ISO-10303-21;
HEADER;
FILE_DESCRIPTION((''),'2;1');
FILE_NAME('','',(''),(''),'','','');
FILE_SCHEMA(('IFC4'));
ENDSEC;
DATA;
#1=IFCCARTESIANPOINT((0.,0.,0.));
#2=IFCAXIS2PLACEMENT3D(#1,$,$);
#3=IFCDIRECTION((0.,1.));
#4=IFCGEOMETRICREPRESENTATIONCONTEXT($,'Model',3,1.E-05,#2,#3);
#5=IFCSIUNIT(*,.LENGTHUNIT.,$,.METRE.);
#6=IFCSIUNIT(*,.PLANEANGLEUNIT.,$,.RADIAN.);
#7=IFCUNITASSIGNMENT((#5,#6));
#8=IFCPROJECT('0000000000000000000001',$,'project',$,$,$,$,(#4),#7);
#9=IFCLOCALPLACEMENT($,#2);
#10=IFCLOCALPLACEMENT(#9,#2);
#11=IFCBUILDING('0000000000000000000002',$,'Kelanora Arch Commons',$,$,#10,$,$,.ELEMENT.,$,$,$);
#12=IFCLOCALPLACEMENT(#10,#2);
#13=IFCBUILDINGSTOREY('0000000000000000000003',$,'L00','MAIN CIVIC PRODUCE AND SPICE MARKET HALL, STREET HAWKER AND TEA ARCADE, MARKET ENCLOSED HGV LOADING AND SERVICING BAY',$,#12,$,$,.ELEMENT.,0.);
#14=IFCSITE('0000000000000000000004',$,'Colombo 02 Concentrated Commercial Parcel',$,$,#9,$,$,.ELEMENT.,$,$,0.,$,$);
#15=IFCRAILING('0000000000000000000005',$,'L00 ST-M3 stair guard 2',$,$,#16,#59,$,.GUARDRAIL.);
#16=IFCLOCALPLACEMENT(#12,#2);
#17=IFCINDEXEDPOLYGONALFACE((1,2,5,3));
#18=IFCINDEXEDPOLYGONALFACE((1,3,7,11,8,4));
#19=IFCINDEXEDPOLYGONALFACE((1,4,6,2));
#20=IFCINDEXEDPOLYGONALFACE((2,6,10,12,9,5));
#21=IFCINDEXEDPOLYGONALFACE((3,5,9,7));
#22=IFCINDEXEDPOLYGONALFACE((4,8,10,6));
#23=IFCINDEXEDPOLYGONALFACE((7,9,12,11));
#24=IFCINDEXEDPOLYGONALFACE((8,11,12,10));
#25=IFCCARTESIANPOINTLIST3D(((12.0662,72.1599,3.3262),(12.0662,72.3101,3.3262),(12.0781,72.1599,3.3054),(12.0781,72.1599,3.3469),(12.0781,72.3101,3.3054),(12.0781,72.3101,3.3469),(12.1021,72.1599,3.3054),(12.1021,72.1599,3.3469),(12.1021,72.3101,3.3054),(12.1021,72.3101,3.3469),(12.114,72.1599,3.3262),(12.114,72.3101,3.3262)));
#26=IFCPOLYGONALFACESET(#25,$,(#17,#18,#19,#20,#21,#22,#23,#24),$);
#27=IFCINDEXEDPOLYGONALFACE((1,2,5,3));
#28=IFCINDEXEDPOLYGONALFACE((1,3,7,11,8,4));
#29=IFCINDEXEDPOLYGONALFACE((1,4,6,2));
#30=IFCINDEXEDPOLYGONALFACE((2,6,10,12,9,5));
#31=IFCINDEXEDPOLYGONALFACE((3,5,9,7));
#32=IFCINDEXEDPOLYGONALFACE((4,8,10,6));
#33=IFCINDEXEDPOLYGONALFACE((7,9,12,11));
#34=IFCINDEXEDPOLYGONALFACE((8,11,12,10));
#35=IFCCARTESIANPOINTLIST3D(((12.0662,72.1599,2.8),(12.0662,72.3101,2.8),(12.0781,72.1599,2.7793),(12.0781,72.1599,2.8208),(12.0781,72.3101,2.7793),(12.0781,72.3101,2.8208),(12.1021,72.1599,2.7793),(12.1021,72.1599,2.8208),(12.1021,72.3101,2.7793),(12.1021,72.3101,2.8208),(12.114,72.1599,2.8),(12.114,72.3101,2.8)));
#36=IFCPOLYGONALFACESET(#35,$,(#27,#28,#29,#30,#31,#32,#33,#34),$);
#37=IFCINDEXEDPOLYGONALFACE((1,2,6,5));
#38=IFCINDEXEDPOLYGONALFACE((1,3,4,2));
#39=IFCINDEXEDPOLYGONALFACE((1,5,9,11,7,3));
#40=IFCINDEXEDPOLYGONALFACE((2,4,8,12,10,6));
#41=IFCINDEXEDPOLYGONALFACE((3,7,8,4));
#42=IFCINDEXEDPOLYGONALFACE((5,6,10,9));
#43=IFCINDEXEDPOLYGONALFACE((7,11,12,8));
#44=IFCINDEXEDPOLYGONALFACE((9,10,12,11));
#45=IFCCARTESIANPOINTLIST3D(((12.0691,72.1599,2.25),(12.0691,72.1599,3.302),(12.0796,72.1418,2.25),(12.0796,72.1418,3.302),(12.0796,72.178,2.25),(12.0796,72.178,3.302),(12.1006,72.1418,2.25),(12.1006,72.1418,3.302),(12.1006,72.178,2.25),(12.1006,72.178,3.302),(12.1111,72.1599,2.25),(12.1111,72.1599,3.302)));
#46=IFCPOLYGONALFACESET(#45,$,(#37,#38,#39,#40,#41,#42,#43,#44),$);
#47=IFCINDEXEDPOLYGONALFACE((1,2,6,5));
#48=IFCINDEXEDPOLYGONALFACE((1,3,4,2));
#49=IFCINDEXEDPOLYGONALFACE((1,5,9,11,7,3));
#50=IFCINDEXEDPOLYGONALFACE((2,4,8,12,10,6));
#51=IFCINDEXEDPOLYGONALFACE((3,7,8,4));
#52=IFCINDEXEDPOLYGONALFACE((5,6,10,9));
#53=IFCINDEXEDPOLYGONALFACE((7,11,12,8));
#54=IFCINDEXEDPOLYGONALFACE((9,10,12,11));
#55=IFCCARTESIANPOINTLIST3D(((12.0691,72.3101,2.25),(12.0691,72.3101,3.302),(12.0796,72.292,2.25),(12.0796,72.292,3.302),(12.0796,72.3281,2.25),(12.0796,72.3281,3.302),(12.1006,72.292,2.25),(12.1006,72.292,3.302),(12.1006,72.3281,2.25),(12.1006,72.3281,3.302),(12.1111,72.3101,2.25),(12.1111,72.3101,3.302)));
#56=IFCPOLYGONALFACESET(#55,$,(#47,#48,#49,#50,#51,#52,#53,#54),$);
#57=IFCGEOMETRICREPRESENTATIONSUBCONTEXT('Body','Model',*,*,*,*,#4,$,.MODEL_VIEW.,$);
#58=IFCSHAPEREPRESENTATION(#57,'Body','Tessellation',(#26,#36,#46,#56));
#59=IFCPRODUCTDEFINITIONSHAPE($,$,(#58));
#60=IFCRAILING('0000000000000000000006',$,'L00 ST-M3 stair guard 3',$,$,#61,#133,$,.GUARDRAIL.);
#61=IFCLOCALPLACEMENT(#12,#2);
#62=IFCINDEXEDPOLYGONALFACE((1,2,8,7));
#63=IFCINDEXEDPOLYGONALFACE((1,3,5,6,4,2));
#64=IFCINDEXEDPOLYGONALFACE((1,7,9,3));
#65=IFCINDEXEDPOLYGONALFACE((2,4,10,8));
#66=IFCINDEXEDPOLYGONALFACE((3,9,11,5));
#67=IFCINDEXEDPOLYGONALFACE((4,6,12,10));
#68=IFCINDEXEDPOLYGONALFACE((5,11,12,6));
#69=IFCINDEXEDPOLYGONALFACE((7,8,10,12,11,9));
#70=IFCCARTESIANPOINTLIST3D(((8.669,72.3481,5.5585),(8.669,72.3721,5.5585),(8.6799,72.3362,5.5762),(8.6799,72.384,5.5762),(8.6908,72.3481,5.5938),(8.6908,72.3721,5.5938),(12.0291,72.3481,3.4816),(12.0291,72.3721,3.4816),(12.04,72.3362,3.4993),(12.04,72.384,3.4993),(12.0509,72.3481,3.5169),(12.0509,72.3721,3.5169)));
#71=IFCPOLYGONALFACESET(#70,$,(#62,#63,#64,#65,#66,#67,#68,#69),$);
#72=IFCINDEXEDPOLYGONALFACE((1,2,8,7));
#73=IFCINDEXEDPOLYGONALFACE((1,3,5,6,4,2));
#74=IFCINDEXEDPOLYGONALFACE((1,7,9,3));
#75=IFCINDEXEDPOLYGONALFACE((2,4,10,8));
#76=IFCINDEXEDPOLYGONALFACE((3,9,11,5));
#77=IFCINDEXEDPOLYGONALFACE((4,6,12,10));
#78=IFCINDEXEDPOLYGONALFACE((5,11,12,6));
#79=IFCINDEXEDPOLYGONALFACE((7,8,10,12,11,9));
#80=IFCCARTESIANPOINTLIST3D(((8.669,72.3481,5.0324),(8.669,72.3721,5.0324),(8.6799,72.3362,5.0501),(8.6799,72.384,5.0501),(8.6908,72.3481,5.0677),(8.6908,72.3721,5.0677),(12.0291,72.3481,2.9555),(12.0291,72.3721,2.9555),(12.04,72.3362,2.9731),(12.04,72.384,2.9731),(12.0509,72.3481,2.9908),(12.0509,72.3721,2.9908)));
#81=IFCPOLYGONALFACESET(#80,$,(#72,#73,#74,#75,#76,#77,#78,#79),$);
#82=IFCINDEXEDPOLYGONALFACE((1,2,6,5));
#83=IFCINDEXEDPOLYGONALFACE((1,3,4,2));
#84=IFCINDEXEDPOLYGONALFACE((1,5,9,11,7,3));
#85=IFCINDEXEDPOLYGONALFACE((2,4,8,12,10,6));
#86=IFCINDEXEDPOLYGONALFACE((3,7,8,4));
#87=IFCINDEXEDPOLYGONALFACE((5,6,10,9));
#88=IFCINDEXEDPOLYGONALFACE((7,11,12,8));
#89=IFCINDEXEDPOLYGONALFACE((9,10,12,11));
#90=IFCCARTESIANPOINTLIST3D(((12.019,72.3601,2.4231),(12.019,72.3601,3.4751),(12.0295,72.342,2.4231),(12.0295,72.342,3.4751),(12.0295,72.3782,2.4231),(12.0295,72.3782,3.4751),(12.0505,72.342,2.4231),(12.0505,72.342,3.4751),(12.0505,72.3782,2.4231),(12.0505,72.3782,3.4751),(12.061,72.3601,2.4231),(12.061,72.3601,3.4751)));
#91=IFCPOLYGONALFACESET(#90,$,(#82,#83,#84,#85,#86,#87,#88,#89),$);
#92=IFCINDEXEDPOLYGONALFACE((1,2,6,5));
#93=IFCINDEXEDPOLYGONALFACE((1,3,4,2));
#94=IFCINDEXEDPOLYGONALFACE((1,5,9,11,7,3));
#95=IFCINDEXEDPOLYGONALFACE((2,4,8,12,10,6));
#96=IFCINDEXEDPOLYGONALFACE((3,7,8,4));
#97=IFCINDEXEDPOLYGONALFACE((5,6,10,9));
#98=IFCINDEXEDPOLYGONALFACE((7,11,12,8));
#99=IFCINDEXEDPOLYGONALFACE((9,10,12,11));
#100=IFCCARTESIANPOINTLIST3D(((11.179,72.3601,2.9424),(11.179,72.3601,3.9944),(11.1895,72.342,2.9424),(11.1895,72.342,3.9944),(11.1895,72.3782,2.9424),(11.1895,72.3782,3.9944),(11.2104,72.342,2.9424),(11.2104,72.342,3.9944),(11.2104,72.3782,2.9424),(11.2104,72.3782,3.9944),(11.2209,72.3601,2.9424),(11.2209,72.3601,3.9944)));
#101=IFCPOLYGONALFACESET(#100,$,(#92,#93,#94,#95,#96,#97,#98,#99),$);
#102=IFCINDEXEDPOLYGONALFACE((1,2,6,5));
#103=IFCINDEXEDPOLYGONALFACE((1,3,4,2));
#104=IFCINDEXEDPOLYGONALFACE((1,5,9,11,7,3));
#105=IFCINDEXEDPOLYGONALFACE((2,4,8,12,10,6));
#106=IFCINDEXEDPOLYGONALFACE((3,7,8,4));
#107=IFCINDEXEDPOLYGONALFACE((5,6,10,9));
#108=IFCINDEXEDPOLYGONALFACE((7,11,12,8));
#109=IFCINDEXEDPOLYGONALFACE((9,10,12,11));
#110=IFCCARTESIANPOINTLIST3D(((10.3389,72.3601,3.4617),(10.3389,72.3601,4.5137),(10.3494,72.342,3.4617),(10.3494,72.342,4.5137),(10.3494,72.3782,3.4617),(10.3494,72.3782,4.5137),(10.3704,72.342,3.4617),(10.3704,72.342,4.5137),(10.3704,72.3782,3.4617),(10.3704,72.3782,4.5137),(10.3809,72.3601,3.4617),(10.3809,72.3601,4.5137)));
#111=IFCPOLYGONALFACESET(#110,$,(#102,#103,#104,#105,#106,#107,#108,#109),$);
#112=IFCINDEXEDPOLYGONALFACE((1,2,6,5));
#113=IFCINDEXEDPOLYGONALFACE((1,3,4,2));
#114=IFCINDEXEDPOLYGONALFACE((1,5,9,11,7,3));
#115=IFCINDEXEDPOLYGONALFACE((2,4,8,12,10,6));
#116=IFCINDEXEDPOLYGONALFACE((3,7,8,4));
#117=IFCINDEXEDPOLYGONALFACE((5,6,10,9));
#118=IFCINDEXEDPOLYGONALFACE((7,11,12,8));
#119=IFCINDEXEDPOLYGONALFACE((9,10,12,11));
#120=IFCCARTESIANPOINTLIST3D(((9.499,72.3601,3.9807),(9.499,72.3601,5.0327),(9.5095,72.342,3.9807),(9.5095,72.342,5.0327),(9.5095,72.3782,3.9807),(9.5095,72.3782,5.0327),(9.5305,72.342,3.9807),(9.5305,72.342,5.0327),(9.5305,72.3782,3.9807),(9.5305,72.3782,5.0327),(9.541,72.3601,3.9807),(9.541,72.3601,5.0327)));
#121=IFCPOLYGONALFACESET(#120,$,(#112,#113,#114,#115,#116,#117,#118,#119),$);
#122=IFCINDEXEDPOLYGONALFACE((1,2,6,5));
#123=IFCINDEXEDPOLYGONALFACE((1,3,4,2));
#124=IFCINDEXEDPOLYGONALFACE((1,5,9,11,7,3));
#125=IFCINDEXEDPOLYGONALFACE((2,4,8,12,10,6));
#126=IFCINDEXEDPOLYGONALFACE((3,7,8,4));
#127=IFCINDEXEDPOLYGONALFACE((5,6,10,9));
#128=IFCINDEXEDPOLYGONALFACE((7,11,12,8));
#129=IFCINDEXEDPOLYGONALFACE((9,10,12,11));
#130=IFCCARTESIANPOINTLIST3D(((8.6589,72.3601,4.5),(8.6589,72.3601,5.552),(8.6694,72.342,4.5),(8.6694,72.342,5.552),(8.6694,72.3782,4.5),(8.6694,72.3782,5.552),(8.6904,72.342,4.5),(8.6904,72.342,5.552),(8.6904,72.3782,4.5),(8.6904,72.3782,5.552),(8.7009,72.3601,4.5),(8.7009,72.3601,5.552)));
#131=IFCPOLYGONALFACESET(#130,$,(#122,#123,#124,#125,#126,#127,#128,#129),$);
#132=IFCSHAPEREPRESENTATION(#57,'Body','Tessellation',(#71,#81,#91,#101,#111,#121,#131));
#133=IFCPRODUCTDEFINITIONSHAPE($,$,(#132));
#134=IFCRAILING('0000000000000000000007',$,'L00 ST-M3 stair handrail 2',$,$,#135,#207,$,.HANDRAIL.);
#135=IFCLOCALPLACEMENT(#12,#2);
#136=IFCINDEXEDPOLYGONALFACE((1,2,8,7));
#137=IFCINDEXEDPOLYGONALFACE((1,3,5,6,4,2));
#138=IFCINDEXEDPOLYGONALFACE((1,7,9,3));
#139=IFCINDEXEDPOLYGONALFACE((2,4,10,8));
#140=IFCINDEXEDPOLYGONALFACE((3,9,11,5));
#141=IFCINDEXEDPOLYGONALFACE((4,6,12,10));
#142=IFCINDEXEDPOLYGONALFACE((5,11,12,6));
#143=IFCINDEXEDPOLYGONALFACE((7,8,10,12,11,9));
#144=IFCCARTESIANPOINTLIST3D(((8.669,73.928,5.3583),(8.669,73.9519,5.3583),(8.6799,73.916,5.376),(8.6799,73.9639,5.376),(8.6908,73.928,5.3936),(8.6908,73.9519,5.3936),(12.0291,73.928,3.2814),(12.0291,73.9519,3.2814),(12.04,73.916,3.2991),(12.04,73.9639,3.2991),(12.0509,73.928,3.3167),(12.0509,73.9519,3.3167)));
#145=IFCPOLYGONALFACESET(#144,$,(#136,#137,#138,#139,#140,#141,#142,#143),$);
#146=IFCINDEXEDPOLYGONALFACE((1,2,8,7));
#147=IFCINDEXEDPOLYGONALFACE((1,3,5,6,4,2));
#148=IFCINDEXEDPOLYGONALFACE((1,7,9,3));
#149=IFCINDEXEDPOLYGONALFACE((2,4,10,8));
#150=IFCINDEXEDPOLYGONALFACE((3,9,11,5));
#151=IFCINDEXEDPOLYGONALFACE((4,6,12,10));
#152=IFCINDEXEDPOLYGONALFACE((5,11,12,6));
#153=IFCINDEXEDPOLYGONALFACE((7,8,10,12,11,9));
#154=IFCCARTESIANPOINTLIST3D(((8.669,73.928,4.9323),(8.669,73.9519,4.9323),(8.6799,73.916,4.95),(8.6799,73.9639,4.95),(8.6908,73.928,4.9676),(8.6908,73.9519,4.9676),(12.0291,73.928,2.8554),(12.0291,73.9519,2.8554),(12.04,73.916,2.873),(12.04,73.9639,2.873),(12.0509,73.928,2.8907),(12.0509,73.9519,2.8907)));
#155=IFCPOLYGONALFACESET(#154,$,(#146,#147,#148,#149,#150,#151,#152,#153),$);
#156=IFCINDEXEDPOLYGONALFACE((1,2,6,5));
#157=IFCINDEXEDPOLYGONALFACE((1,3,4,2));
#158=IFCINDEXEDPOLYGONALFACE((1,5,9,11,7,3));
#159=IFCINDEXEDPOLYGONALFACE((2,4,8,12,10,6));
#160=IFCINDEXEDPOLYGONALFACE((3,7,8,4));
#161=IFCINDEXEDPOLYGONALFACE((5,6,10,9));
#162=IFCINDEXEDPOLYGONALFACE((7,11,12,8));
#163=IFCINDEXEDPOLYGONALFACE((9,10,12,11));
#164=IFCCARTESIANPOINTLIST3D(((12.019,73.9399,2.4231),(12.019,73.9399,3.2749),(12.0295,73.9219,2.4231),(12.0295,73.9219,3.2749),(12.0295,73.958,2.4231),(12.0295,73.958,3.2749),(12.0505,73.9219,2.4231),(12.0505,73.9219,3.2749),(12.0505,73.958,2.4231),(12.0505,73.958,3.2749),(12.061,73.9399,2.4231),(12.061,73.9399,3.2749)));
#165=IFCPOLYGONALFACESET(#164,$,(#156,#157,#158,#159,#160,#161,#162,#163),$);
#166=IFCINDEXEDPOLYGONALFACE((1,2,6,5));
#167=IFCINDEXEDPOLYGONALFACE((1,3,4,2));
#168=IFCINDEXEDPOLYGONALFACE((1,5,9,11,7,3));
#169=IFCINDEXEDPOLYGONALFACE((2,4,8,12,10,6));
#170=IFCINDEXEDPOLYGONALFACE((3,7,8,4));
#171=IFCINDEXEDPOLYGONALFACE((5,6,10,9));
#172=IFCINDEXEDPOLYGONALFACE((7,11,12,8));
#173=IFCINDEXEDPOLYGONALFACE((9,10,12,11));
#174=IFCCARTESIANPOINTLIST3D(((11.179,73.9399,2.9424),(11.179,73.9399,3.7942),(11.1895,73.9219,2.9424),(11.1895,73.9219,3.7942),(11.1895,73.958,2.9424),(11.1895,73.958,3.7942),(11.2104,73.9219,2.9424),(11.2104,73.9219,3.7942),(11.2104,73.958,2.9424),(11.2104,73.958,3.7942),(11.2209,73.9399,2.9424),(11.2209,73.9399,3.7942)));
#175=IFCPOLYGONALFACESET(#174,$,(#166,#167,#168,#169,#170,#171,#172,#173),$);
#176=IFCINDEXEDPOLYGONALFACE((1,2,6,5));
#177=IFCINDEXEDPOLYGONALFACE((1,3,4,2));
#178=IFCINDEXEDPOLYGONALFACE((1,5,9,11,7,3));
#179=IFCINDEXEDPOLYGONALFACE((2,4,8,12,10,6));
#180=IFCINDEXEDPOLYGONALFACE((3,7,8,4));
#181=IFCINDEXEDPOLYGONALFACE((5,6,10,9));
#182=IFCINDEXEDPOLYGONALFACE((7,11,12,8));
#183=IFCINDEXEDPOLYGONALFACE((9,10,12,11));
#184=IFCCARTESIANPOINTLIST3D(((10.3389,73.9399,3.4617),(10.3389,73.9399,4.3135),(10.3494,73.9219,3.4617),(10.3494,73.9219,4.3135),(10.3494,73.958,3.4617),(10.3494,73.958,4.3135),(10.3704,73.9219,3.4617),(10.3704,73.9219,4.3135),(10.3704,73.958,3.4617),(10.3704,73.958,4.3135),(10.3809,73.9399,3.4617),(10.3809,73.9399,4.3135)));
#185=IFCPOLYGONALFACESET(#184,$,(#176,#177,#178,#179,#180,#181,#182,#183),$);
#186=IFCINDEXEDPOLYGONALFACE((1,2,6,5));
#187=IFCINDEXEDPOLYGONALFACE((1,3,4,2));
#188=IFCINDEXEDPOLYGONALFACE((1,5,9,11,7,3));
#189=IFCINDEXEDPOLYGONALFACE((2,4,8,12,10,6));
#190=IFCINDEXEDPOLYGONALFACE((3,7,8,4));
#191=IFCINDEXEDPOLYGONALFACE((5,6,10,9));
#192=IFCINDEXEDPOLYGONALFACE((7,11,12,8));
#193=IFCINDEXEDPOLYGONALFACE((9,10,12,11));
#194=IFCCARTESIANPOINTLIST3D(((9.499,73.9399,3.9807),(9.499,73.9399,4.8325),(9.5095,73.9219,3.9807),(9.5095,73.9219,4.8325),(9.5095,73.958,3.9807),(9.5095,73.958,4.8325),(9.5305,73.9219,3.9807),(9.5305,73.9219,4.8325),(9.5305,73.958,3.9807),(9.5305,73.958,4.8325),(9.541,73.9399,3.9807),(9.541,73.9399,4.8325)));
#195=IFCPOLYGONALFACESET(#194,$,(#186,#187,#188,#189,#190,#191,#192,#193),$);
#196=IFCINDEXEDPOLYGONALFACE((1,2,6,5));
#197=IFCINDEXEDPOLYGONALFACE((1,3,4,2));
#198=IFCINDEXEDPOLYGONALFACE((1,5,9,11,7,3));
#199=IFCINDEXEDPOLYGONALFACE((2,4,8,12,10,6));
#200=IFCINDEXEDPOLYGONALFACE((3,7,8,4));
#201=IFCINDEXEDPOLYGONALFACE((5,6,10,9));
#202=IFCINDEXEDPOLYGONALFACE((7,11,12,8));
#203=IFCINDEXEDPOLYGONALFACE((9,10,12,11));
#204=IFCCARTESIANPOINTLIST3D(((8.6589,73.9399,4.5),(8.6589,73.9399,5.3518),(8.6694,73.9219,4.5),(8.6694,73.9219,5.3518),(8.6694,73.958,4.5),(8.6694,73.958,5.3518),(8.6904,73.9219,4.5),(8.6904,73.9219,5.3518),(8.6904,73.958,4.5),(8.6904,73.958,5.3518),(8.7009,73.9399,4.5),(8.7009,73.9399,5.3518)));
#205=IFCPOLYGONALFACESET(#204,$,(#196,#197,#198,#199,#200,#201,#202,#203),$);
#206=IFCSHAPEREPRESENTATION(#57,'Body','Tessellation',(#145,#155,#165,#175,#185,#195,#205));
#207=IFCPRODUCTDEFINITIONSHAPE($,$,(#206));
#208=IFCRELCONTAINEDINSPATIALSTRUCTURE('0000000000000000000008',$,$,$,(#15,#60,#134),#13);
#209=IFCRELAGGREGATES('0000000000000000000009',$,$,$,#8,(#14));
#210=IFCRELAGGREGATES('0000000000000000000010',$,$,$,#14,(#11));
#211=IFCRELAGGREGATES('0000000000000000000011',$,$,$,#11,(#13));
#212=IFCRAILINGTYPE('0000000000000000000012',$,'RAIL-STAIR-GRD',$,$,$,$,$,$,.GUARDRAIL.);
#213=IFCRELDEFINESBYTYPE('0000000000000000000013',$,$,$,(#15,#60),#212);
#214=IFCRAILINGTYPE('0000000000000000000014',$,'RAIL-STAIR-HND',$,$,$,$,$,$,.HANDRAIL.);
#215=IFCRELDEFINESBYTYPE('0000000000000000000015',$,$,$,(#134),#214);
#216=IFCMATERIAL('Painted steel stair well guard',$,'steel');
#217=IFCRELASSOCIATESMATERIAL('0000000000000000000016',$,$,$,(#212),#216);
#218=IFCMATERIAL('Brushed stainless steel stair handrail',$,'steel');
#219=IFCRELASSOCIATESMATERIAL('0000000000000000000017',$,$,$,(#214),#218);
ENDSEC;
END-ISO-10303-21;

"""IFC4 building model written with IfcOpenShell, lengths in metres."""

from ifc_helpers import new_model, si_unit, direction, frame, origin, place, context, subcontext, project, spatial, polyline, outline, extrude, material, type_object, element, save


model = new_model("IFC4")

# Units and contexts
model_context = context("Model", 3, precision=1e-05, world=origin(), true_north=direction((0.0, 1.0)))
body_context = subcontext(model_context, "Body", "Model", "MODEL_VIEW")
ifc_project = project(units=[si_unit("LENGTHUNIT", "METRE"), si_unit("PLANEANGLEUNIT", "RADIAN")], contexts=[model_context])

# Site, building, storey
site_placement = place(None, origin())
site = spatial("IfcSite", under=ifc_project, at=site_placement, Name="Colombo 02 Concentrated Commercial Parcel", CompositionType="ELEMENT", RefElevation=0.0)
building_placement = place(site_placement, origin())
building = spatial("IfcBuilding", under=site, at=building_placement, Name="Kelanora Arch Commons", CompositionType="ELEMENT")
storey_placement = place(building_placement, origin())
storey = spatial("IfcBuildingStorey", under=building, at=storey_placement, Name="L00", Description="MAIN CIVIC PRODUCE AND SPICE MARKET HALL, STREET HAWKER AND TEA ARCADE, MARKET ENCLOSED HGV LOADING AND SERVICING BAY", CompositionType="ELEMENT", Elevation=0.0)

# Railings
ifc_material_1 = material(Name="Painted steel stair well guard", Category="steel")
railing_type_1 = type_object("IfcRailingType", Name="RAIL-STAIR-GRD", PredefinedType="GUARDRAIL", material=ifc_material_1)
railing_1_placement = place(storey_placement, frame((12.0901, 72.1599, 2.25)))
element("IfcRailing", 1, at=railing_1_placement, inside=storey, type_object=railing_type_1, Name="L00 ST-M3 stair guard 2", PredefinedType="GUARDRAIL", context=body_context, shape_type="SweptSolid", body=[
    extrude(outline(polyline([(0.0239, 0.0), (0.012, 0.0208), (-0.012, 0.0208), (-0.0239, 0.0), (-0.012, -0.0208), (0.012, -0.0208), (0.0239, 0.0)])), frame((0.0, 0.0, 1.0762), z_axis=(0.0, 1.0, 0.0), x_axis=(-1.0, 0.0, 0.0)), (0.0, 0.0, 1.0), 0.1501),
    extrude(outline(polyline([(0.0239, 0.0), (0.012, 0.0208), (-0.012, 0.0208), (-0.0239, 0.0), (-0.012, -0.0208), (0.012, -0.0208), (0.0239, 0.0)])), frame((0.0, 0.0, 0.55), z_axis=(0.0, 1.0, 0.0), x_axis=(-1.0, 0.0, 0.0)), (0.0, 0.0, 1.0), 0.1501),
    extrude(outline(polyline([(0.021, 0.0), (0.0105, 0.0181), (-0.0105, 0.0181), (-0.021, 0.0), (-0.0105, -0.0181), (0.0105, -0.0181), (0.021, 0.0)])), origin(), (0.0, 0.0, 1.0), 1.052),
    extrude(outline(polyline([(0.021, 0.0), (0.0105, 0.0181), (-0.0105, 0.0181), (-0.021, 0.0), (-0.0105, -0.0181), (0.0105, -0.0181), (0.021, 0.0)])), frame((0.0, 0.1501, 0.0)), (0.0, 0.0, 1.0), 1.052),
])
railing_2_placement = place(storey_placement, frame((12.04, 72.3601, 2.4231)))
element("IfcRailing", 2, at=railing_2_placement, inside=storey, type_object=railing_type_1, Name="L00 ST-M3 stair guard 3", PredefinedType="GUARDRAIL", context=body_context, shape_type="SweptSolid", body=[
    extrude(outline(polyline([(0.0239, 0.0), (0.012, 0.0208), (-0.012, 0.0208), (-0.0239, 0.0), (-0.012, -0.0208), (0.012, -0.0208), (0.0239, 0.0)])), frame((0.0, 0.0, 1.0762), z_axis=(-0.850623, 0.0, 0.525776), x_axis=(0.0, -1.0, 0.0)), (0.0, 0.0, 1.0), 3.9502),
    extrude(outline(polyline([(0.0239, 0.0), (0.012, 0.0208), (-0.012, 0.0208), (-0.0239, 0.0), (-0.012, -0.0208), (0.012, -0.0208), (0.0239, 0.0)])), frame((0.0, 0.0, 0.55), z_axis=(-0.850623, 0.0, 0.525776), x_axis=(0.0, -1.0, 0.0)), (0.0, 0.0, 1.0), 3.9502),
    extrude(outline(polyline([(0.021, 0.0), (0.0105, 0.0181), (-0.0105, 0.0181), (-0.021, 0.0), (-0.0105, -0.0181), (0.0105, -0.0181), (0.021, 0.0)])), origin(), (0.0, 0.0, 1.0), 1.052),
    extrude(outline(polyline([(0.021, 0.0), (0.0105, 0.0181), (-0.0105, 0.0181), (-0.021, 0.0), (-0.0105, -0.0181), (0.0105, -0.0181), (0.021, 0.0)])), frame((-0.8401, 0.0, 0.5193)), (0.0, 0.0, 1.0), 1.052),
    extrude(outline(polyline([(0.021, 0.0), (0.0105, 0.0181), (-0.0105, 0.0181), (-0.021, 0.0), (-0.0105, -0.0181), (0.0105, -0.0181), (0.021, 0.0)])), frame((-1.6802, 0.0, 1.0386)), (0.0, 0.0, 1.0), 1.052),
    extrude(outline(polyline([(0.021, 0.0), (0.0105, 0.0181), (-0.0105, 0.0181), (-0.021, 0.0), (-0.0105, -0.0181), (0.0105, -0.0181), (0.021, 0.0)])), frame((-2.52, 0.0, 1.5576)), (0.0, 0.0, 1.0), 1.052),
    extrude(outline(polyline([(0.021, 0.0), (0.0105, 0.0181), (-0.0105, 0.0181), (-0.021, 0.0), (-0.0105, -0.0181), (0.0105, -0.0181), (0.021, 0.0)])), frame((-3.3601, 0.0, 2.0769)), (0.0, 0.0, 1.0), 1.052),
])
ifc_material_2 = material(Name="Brushed stainless steel stair handrail", Category="steel")
railing_type_2 = type_object("IfcRailingType", Name="RAIL-STAIR-HND", PredefinedType="HANDRAIL", material=ifc_material_2)
railing_3_placement = place(storey_placement, frame((12.04, 73.9399, 2.4231)))
element("IfcRailing", 3, at=railing_3_placement, inside=storey, type_object=railing_type_2, Name="L00 ST-M3 stair handrail 2", PredefinedType="HANDRAIL", context=body_context, shape_type="SweptSolid", body=[
    extrude(outline(polyline([(0.0239, 0.0), (0.012, 0.0208), (-0.012, 0.0208), (-0.0239, 0.0), (-0.012, -0.0208), (0.012, -0.0208), (0.0239, 0.0)])), frame((0.0, 0.0, 0.876), z_axis=(-0.850623, 0.0, 0.525776), x_axis=(0.0, -1.0, 0.0)), (0.0, 0.0, 1.0), 3.9502),
    extrude(outline(polyline([(0.0239, 0.0), (0.012, 0.0208), (-0.012, 0.0208), (-0.0239, 0.0), (-0.012, -0.0208), (0.012, -0.0208), (0.0239, 0.0)])), frame((0.0, 0.0, 0.45), z_axis=(-0.850623, 0.0, 0.525776), x_axis=(0.0, -1.0, 0.0)), (0.0, 0.0, 1.0), 3.9502),
    extrude(outline(polyline([(0.021, 0.0), (0.0105, 0.0181), (-0.0105, 0.0181), (-0.021, 0.0), (-0.0105, -0.0181), (0.0105, -0.0181), (0.021, 0.0)])), origin(), (0.0, 0.0, 1.0), 0.8518),
    extrude(outline(polyline([(0.021, 0.0), (0.0105, 0.0181), (-0.0105, 0.0181), (-0.021, 0.0), (-0.0105, -0.0181), (0.0105, -0.0181), (0.021, 0.0)])), frame((-0.8401, 0.0, 0.5193)), (0.0, 0.0, 1.0), 0.8518),
    extrude(outline(polyline([(0.021, 0.0), (0.0105, 0.0181), (-0.0105, 0.0181), (-0.021, 0.0), (-0.0105, -0.0181), (0.0105, -0.0181), (0.021, 0.0)])), frame((-1.6802, 0.0, 1.0386)), (0.0, 0.0, 1.0), 0.8518),
    extrude(outline(polyline([(0.021, 0.0), (0.0105, 0.0181), (-0.0105, 0.0181), (-0.021, 0.0), (-0.0105, -0.0181), (0.0105, -0.0181), (0.021, 0.0)])), frame((-2.52, 0.0, 1.5576)), (0.0, 0.0, 1.0), 0.8518),
    extrude(outline(polyline([(0.021, 0.0), (0.0105, 0.0181), (-0.0105, 0.0181), (-0.021, 0.0), (-0.0105, -0.0181), (0.0105, -0.0181), (0.021, 0.0)])), frame((-3.3601, 0.0, 2.0769)), (0.0, 0.0, 1.0), 0.8518),
])

save(model, "model.ifc")
